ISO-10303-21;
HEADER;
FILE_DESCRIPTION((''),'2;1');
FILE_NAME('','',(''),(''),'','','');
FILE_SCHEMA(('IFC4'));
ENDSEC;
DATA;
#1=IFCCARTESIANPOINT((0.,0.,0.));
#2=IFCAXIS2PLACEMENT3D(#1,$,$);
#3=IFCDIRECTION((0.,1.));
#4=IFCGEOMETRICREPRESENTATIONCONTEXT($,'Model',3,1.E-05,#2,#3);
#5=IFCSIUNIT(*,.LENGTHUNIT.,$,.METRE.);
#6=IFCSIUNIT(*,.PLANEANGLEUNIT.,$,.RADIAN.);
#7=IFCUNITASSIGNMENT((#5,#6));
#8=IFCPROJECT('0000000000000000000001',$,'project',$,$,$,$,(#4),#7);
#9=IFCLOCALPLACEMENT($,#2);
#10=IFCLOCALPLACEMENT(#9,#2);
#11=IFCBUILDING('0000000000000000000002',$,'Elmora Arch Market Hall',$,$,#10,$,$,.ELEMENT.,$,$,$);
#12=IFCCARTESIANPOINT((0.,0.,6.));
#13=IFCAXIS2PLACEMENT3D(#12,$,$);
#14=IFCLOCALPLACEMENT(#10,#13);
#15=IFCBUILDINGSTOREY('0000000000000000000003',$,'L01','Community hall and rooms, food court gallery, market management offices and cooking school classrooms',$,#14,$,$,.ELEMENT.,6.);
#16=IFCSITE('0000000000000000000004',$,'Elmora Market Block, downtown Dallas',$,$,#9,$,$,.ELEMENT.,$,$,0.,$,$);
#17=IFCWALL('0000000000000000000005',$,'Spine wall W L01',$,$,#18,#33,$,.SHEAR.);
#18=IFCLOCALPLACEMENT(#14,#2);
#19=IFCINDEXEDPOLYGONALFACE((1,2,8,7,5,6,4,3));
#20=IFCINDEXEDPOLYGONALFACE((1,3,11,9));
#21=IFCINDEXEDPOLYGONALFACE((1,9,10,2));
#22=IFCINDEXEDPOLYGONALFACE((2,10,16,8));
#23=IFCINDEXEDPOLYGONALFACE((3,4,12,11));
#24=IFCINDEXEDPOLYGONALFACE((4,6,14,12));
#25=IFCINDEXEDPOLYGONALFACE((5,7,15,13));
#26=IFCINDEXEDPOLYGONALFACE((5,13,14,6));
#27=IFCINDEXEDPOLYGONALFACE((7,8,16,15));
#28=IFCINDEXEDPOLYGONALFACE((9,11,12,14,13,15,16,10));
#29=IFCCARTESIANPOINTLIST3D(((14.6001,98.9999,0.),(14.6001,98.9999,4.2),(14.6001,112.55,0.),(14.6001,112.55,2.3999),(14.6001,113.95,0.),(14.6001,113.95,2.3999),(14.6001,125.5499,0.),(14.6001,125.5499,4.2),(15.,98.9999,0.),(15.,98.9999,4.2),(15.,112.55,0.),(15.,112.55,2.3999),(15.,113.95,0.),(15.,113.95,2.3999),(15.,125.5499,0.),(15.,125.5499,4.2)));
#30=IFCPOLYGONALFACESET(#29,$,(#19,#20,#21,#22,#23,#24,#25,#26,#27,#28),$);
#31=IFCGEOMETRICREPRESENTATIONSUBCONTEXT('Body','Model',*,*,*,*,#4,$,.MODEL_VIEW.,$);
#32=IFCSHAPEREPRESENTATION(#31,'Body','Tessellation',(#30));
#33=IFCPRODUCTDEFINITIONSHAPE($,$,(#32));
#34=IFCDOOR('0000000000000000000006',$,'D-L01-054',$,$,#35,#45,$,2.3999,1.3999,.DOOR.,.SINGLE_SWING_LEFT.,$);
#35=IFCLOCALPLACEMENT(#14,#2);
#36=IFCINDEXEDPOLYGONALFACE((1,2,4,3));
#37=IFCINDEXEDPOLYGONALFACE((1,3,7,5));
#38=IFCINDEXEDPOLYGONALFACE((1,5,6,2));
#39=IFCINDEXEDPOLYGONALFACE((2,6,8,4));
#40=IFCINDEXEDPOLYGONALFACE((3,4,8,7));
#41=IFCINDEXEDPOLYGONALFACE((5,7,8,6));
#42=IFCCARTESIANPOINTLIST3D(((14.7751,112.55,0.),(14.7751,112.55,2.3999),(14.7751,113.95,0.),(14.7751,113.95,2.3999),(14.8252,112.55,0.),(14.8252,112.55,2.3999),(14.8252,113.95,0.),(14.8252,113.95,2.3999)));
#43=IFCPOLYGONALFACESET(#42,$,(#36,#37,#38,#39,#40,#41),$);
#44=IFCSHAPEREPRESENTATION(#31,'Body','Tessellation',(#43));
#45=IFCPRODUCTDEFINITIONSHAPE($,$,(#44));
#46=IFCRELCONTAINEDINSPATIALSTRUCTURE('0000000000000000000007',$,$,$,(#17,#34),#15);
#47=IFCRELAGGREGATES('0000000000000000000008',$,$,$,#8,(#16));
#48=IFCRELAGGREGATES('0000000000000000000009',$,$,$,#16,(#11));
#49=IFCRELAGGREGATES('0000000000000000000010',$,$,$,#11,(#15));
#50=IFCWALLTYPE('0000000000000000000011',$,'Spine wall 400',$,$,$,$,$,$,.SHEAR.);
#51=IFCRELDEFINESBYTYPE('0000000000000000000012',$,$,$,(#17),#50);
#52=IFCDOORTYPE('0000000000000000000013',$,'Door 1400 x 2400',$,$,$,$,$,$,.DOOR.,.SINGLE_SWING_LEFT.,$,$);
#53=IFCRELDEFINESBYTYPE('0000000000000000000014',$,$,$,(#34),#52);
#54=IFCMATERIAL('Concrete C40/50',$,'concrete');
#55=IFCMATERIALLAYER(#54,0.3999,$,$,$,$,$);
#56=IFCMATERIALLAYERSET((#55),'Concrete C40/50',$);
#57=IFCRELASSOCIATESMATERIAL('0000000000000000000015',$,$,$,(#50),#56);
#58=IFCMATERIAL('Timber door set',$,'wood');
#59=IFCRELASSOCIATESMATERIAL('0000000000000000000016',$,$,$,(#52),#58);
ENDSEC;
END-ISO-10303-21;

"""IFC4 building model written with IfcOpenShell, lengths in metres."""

from ifc_helpers import new_model, si_unit, direction, frame, frame_2d, origin, place, context, subcontext, project, spatial, rectangle, extrude, material, layer, layer_set, type_object, element, fill, save


model = new_model("IFC4")

# Units and contexts
model_context = context("Model", 3, precision=1e-05, world=origin(), true_north=direction((0.0, 1.0)))
body_context = subcontext(model_context, "Body", "Model", "MODEL_VIEW")
ifc_project = project(units=[si_unit("LENGTHUNIT", "METRE"), si_unit("PLANEANGLEUNIT", "RADIAN")], contexts=[model_context])

# Site, building, storey
site_placement = place(None, origin())
site = spatial("IfcSite", under=ifc_project, at=site_placement, Name="Elmora Market Block, downtown Dallas", CompositionType="ELEMENT", RefElevation=0.0)
building_placement = place(site_placement, origin())
building = spatial("IfcBuilding", under=site, at=building_placement, Name="Elmora Arch Market Hall", CompositionType="ELEMENT")
storey_placement = place(building_placement, frame((0.0, 0.0, 6.0)))
storey = spatial("IfcBuildingStorey", under=building, at=storey_placement, Name="L01", Description="Community hall and rooms, food court gallery, market management offices and cooking school classrooms", CompositionType="ELEMENT", Elevation=6.0)

# Wall, opening, door
ifc_material_1 = material(Name="Concrete C40/50", Category="concrete")
ifc_layer_1 = layer(ifc_material_1, 0.3999)
ifc_layer_set_1 = layer_set([ifc_layer_1], Name="Concrete C40/50")
wall_type_1 = type_object("IfcWallType", Name="Spine wall 400", PredefinedType="SHEAR", material=ifc_layer_set_1)
wall_1_placement = place(storey_placement, frame((14.8, 99.0, 0.0), z_axis=(0.0, 0.0, 1.0), x_axis=(0.0, 1.0, 0.0)))
wall_1 = element("IfcWall", 1, at=wall_1_placement, inside=storey, type_object=wall_type_1, Name="Spine wall W L01", PredefinedType="SHEAR", context=body_context, shape_type="SweptSolid", body=[
    extrude(rectangle(XDim=26.55, YDim=0.3999, at=frame_2d((13.2749, 0.0))), origin(), (0.0, 0.0, 1.0), 4.2),
])
opening_placement = place(wall_1_placement, frame((13.55, 0.0, 0.0)))
opening = element("IfcOpeningElement", 2, at=opening_placement, cuts=wall_1, PredefinedType="OPENING", context=body_context, shape_type="SweptSolid", body=[
    extrude(rectangle(XDim=1.3999, YDim=2.3999, at=frame_2d((0.7, 1.2))), frame((0.0, 0.21, 0.0), z_axis=(0.0, -1.0, 0.0), x_axis=(1.0, 0.0, 0.0)), (0.0, 0.0, 1.0), 0.4199),
])
ifc_material_2 = material(Name="Timber door set", Category="wood")
door_type = type_object("IfcDoorType", Name="Door 1400 x 2400", OperationType="SINGLE_SWING_LEFT", PredefinedType="DOOR", material=ifc_material_2)
door_placement = place(opening_placement, origin())
door = element("IfcDoor", 3, at=door_placement, inside=storey, type_object=door_type, Name="D-L01-054", OperationType="SINGLE_SWING_LEFT", OverallHeight=2.3999, OverallWidth=1.3999, PredefinedType="DOOR", context=body_context, shape_type="SweptSolid", body=[
    extrude(rectangle(XDim=1.3999, YDim=2.3999, at=frame_2d((0.7, 1.2))), frame((0.0, 0.0249, 0.0), z_axis=(0.0, -1.0, 0.0), x_axis=(1.0, 0.0, 0.0)), (0.0, 0.0, 1.0), 0.05),
])
fill(opening, door)

save(model, "model.ifc")
